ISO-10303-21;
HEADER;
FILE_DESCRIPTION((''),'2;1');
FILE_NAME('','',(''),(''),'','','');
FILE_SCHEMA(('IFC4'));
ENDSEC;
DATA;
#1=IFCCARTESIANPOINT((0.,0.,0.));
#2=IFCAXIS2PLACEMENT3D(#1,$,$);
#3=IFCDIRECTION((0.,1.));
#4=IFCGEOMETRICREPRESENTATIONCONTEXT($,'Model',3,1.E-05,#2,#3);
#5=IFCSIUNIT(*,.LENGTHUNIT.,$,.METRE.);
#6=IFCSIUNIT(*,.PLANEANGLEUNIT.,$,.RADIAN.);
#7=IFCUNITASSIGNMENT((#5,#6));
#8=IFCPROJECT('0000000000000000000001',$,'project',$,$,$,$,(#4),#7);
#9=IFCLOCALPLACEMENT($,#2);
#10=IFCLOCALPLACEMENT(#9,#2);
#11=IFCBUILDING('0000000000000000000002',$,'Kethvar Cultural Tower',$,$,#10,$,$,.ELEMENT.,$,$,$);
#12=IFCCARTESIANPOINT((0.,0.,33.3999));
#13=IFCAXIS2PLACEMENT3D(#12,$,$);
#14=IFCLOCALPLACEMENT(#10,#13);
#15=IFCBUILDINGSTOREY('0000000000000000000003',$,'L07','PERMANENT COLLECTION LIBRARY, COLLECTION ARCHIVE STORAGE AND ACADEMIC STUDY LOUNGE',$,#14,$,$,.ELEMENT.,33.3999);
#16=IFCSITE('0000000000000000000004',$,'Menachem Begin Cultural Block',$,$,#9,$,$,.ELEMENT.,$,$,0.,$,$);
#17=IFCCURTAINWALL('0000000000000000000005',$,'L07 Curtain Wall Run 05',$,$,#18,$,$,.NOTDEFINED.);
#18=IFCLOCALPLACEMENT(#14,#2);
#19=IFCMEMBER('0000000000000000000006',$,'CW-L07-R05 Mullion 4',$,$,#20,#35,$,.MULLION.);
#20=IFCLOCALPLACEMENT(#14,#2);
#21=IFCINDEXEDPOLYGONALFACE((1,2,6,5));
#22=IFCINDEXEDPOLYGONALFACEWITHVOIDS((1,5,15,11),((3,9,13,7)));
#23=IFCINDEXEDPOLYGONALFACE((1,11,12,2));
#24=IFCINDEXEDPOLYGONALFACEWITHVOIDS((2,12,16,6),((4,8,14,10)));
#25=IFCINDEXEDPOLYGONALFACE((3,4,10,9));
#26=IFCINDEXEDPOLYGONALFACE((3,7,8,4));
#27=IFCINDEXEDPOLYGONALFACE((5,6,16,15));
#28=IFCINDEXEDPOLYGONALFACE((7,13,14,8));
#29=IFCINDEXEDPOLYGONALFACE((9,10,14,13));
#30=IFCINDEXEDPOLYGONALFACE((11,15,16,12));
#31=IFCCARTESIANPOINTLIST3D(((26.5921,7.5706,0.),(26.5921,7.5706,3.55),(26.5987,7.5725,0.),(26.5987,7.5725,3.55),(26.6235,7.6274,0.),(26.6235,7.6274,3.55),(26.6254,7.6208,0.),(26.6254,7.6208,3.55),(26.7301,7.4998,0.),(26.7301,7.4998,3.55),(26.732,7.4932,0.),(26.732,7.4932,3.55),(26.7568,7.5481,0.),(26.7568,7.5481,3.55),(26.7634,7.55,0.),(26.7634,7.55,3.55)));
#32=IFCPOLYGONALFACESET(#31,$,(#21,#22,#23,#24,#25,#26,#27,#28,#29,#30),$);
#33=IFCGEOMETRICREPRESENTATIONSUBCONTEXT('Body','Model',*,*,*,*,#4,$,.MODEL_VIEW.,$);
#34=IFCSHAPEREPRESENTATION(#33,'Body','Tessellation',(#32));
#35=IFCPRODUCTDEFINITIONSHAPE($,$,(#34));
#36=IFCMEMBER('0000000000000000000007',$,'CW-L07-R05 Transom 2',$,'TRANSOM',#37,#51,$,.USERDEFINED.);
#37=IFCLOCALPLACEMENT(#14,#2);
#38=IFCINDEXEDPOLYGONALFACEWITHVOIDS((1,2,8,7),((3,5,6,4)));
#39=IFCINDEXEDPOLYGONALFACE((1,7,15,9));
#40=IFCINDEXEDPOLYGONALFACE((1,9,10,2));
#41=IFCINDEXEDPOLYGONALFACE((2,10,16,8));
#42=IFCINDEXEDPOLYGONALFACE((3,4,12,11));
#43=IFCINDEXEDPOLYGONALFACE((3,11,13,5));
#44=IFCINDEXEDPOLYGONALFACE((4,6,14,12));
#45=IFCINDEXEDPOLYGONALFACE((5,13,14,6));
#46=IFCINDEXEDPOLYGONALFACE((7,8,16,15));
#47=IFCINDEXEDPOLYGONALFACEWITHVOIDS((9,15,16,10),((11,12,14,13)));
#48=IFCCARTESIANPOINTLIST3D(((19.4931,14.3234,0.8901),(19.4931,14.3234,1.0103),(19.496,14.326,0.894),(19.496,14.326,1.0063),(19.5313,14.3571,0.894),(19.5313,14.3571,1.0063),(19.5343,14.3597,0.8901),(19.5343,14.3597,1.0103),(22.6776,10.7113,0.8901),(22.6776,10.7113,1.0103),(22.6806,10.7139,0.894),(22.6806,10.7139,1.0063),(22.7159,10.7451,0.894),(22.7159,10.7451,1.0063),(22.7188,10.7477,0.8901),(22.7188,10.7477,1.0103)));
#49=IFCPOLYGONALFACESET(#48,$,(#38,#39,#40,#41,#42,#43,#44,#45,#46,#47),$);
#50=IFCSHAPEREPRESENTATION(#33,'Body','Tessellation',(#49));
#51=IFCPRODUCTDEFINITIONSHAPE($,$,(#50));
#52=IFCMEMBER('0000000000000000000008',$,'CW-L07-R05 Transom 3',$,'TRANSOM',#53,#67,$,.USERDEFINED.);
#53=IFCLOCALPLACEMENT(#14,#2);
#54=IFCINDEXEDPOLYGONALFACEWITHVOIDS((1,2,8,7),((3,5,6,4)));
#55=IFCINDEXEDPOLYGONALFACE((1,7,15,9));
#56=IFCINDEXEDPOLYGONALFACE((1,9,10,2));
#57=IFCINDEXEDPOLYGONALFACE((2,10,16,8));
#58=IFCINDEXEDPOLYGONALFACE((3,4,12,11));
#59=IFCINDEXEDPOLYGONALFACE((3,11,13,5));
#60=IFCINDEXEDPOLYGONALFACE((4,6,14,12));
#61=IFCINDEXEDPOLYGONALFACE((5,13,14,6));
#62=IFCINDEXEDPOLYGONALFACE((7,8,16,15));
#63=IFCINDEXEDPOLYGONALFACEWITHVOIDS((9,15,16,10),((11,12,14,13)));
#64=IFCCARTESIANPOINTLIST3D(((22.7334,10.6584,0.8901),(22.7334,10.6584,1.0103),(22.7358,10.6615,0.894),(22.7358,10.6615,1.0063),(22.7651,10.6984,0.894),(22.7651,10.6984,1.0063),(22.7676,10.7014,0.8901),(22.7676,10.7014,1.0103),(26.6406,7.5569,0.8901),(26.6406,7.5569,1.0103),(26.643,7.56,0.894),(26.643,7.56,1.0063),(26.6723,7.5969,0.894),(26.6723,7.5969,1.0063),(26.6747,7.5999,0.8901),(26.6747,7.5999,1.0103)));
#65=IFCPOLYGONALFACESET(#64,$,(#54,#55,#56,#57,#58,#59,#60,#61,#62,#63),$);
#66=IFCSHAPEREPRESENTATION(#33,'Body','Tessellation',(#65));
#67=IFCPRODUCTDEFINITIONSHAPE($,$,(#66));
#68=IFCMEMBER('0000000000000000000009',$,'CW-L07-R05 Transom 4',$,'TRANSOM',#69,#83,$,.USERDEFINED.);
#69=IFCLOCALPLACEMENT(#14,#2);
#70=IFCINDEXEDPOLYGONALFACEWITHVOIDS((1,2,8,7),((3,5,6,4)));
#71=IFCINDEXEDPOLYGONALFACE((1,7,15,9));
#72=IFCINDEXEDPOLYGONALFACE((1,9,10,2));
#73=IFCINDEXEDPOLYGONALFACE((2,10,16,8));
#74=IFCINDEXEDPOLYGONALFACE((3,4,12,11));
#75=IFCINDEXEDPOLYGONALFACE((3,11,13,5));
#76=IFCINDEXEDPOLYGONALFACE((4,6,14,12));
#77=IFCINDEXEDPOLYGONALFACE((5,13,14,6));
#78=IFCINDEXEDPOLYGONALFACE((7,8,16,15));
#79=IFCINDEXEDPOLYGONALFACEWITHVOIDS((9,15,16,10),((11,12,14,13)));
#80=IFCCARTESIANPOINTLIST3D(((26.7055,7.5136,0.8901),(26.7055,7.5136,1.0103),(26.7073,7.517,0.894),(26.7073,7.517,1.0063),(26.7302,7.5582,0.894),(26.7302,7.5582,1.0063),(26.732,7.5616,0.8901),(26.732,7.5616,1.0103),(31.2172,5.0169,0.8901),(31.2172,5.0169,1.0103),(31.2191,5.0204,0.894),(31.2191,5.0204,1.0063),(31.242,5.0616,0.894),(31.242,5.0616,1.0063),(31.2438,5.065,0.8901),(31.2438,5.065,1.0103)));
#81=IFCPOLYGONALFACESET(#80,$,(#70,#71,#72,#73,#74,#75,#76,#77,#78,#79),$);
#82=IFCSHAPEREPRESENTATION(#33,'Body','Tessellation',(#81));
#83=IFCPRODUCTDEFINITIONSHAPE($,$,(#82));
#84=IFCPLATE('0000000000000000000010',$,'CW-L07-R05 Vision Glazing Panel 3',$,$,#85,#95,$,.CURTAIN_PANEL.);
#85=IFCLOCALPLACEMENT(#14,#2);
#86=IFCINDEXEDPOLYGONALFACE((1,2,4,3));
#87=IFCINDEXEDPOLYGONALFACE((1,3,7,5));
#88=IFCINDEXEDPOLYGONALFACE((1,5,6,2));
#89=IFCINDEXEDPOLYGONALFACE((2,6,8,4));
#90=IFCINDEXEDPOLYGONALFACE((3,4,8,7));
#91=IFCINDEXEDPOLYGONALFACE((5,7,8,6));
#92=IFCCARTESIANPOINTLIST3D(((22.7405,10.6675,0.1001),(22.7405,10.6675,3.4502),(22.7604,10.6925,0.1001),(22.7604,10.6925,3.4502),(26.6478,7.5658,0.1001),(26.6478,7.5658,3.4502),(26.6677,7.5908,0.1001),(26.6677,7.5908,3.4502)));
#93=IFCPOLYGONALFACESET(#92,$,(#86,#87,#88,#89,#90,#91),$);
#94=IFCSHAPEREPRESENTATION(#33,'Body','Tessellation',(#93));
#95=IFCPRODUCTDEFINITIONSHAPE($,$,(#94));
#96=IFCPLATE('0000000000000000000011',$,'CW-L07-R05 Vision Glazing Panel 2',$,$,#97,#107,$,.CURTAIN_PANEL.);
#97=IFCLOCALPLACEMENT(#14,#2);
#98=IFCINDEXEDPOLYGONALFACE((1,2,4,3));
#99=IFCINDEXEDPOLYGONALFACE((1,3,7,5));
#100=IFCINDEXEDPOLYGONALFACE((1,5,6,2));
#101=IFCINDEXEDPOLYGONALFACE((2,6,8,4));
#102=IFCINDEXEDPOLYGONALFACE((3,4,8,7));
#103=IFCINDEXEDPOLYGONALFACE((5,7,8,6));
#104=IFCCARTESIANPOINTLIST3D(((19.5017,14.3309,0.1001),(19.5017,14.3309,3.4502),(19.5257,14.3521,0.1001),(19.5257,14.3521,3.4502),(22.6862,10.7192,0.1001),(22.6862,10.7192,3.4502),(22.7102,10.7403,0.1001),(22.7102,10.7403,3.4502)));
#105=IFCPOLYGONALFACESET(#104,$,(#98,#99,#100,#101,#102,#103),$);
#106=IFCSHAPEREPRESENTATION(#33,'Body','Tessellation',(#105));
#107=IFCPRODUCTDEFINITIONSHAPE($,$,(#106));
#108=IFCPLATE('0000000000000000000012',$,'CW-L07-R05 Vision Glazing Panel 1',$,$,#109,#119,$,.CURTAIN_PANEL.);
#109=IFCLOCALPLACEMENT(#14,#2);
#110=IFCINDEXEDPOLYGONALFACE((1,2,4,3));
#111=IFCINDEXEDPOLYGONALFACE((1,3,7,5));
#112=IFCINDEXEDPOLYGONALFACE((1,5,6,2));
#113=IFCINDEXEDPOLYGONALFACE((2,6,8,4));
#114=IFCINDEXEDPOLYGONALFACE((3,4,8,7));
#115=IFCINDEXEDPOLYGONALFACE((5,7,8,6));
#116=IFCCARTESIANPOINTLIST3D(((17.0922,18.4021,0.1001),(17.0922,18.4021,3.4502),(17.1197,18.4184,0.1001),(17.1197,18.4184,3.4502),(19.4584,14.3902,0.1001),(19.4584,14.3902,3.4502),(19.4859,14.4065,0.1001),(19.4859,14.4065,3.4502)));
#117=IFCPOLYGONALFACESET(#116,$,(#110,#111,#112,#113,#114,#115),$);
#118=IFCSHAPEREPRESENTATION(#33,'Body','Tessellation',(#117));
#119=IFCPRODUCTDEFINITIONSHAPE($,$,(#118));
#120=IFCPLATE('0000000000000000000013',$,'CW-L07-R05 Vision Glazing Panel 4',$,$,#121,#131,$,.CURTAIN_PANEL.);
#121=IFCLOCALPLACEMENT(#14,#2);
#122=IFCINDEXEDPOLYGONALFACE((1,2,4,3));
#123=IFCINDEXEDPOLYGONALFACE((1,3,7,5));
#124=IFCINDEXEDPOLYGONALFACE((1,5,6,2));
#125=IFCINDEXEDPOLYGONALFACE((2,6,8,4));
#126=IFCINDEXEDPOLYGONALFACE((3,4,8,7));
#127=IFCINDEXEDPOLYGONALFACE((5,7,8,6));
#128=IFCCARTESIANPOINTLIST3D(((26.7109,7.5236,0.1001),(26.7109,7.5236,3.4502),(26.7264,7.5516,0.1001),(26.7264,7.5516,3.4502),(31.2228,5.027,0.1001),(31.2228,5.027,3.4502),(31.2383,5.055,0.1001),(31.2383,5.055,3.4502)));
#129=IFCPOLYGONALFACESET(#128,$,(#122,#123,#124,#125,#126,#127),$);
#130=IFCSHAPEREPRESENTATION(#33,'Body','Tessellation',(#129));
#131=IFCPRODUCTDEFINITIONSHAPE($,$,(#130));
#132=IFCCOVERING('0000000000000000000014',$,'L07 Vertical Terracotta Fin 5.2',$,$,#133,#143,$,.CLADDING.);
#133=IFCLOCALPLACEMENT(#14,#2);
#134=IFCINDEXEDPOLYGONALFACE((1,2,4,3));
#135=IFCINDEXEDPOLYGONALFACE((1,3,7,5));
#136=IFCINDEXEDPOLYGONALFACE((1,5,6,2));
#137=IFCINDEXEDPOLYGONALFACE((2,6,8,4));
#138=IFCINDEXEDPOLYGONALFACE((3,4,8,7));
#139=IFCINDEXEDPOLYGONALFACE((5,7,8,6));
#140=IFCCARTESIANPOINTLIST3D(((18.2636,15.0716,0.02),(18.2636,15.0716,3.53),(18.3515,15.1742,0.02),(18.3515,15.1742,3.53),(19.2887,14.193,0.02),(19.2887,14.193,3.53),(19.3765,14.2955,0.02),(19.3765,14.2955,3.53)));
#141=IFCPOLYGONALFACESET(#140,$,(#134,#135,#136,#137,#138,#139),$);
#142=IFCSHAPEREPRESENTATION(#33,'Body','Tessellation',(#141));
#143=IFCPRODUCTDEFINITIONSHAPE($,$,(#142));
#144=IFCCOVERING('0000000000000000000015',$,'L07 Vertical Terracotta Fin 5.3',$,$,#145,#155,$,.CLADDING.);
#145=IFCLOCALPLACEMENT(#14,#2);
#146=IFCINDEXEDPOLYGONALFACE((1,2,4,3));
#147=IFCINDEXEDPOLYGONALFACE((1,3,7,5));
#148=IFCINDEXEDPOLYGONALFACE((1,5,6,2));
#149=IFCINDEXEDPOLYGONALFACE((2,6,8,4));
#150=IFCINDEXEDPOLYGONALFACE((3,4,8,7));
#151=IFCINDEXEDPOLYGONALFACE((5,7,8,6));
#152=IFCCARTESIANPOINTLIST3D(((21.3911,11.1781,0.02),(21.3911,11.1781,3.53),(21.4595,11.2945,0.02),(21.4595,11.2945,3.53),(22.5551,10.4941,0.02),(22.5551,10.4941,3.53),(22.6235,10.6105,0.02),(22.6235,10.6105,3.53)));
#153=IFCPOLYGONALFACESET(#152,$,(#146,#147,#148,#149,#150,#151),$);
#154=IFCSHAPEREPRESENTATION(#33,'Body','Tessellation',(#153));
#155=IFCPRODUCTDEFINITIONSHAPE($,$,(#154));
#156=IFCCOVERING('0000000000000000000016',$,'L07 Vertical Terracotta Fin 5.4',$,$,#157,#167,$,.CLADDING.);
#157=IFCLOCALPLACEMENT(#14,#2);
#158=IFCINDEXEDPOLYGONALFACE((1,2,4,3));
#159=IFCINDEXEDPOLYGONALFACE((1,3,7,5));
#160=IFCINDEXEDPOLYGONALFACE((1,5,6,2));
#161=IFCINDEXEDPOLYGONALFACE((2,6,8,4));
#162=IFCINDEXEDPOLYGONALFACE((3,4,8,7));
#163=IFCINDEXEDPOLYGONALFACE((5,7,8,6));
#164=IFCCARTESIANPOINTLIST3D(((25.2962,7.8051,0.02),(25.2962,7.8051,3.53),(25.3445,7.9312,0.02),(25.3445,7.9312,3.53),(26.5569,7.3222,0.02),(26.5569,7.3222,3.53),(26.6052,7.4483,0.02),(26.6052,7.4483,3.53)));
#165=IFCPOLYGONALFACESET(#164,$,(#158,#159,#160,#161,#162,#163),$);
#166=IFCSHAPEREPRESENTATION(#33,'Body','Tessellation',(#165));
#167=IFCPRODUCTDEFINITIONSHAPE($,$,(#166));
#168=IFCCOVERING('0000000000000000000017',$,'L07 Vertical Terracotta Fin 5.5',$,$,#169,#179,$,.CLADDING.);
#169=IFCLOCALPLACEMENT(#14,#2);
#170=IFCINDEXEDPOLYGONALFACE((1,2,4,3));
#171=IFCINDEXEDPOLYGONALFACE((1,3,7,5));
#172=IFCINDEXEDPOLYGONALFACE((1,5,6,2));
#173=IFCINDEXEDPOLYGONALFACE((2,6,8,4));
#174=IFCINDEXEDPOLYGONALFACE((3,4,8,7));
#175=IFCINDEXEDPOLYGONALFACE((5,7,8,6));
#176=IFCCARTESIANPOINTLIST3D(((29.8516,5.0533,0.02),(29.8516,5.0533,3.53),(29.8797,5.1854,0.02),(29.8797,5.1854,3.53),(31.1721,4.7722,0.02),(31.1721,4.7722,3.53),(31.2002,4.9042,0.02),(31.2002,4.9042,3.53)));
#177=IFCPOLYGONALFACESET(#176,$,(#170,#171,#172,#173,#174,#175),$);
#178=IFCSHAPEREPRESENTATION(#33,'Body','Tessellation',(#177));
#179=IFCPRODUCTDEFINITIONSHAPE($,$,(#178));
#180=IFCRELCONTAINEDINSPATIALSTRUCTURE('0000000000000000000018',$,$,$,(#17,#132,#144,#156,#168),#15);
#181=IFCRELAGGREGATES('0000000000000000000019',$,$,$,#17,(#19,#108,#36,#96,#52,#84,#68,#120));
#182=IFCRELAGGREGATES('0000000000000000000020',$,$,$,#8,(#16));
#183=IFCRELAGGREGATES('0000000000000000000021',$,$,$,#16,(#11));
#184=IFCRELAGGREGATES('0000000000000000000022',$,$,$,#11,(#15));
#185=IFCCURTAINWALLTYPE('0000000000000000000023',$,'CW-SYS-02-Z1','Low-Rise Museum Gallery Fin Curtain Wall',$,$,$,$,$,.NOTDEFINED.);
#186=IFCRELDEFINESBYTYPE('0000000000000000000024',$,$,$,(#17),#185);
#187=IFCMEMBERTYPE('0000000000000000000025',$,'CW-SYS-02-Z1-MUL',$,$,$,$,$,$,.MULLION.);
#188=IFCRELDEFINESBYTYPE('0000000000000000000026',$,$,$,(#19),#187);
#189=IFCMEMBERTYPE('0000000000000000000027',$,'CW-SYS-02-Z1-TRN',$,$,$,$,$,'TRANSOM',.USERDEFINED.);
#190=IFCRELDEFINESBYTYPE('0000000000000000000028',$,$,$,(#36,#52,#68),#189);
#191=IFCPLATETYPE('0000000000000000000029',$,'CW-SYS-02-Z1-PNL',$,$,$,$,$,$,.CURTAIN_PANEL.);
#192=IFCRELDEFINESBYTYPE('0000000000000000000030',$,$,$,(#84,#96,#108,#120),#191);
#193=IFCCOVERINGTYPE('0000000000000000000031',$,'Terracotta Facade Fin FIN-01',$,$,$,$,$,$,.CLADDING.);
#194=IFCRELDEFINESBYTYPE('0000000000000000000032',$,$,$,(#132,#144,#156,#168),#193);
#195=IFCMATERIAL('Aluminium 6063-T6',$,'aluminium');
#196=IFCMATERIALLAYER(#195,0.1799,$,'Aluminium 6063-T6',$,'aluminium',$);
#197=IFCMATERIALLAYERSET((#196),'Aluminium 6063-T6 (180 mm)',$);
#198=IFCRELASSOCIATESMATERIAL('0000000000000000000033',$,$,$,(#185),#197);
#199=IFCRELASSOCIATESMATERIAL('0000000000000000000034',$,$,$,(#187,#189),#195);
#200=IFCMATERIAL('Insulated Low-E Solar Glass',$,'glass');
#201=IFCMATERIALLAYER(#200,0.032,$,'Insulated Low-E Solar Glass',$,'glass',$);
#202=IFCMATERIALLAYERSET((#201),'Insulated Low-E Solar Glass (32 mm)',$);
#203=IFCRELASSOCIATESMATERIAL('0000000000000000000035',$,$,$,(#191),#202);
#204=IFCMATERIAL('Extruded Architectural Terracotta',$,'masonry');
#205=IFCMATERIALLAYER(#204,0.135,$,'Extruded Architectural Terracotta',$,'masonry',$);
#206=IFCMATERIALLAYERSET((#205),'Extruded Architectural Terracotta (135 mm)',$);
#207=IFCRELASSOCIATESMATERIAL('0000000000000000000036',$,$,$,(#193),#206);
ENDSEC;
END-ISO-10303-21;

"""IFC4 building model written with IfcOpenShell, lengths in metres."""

from ifc_helpers import new_model, si_unit, direction, frame, origin, origin_2d, place, context, subcontext, project, spatial, rectangle, hollow_rectangle, extrude, source, transform, mapped, material, layer, layer_set, material_profile, profile_set, type_object, element, aggregate, save


model = new_model("IFC4")

# Units and contexts
model_context = context("Model", 3, precision=1e-05, world=origin(), true_north=direction((0.0, 1.0)))
body_context = subcontext(model_context, "Body", "Model", "MODEL_VIEW")
ifc_project = project(units=[si_unit("LENGTHUNIT", "METRE"), si_unit("PLANEANGLEUNIT", "RADIAN")], contexts=[model_context])

# Site, building, storey
site_placement = place(None, origin())
site = spatial("IfcSite", under=ifc_project, at=site_placement, Name="Menachem Begin Cultural Block", CompositionType="ELEMENT", RefElevation=0.0)
building_placement = place(site_placement, origin())
building = spatial("IfcBuilding", under=site, at=building_placement, Name="Kethvar Cultural Tower", CompositionType="ELEMENT")
storey_placement = place(building_placement, frame((0.0, 0.0, 33.3999)))
storey = spatial("IfcBuildingStorey", under=building, at=storey_placement, Name="L07", Description="PERMANENT COLLECTION LIBRARY, COLLECTION ARCHIVE STORAGE AND ACADEMIC STUDY LOUNGE", CompositionType="ELEMENT", Elevation=33.3999)

# Curtain wall, members, plates
ifc_material_1 = material(Name="Aluminium 6063-T6", Category="aluminium")
ifc_layer_1 = layer(ifc_material_1, 0.1799, Name="Aluminium 6063-T6", Category="aluminium")
ifc_layer_set_1 = layer_set([ifc_layer_1], Name="Aluminium 6063-T6 (180 mm)")
curtain_wall_type = type_object("IfcCurtainWallType", Name="CW-SYS-02-Z1", Description="Low-Rise Museum Gallery Fin Curtain Wall", PredefinedType="NOTDEFINED", material=ifc_layer_set_1)
curtain_wall_placement = place(storey_placement, origin())
curtain_wall = element("IfcCurtainWall", 1, at=curtain_wall_placement, inside=storey, type_object=curtain_wall_type, Name="L07 Curtain Wall Run 05", PredefinedType="NOTDEFINED")
ifc_material_profile_1 = material_profile(ifc_material_1, hollow_rectangle(XDim=0.0649, YDim=0.1599, WallThickness=0.0049, at=origin_2d()), Name="Aluminium 6063-T6 — RHS160x65x5")
ifc_profile_set_1 = profile_set([ifc_material_profile_1], Name="Aluminium 6063-T6 — RHS160x65x5")
member_type_1 = type_object("IfcMemberType", Name="CW-SYS-02-Z1-MUL", PredefinedType="MULLION", material=ifc_profile_set_1)
shared_shape_1 = source(origin(), body_context, "Body", "SweptSolid", [
    extrude(hollow_rectangle(XDim=0.0649, YDim=0.1599, WallThickness=0.0049, at=origin_2d()), origin(), (0.0, 0.0, 1.0), 3.55),
])
member_1_placement = place(storey_placement, frame((26.6777, 7.5603, 0.0), z_axis=(0.0, 0.0, 1.0), x_axis=(0.484153, 0.874983, 0.0)))
member_1 = element("IfcMember", 2, at=member_1_placement, type_object=member_type_1, Name="CW-L07-R05 Mullion 4", PredefinedType="MULLION", context=body_context, shape_type="MappedRepresentation", body=[
    mapped(shared_shape_1, transform((0.0, 0.0, 0.0), scale=1.0)),
])
ifc_material_profile_2 = material_profile(ifc_material_1, hollow_rectangle(XDim=0.0549, YDim=0.1201, WallThickness=0.0039, at=origin_2d()), Name="Aluminium 6063-T6 — RHS120x55x4")
ifc_profile_set_2 = profile_set([ifc_material_profile_2], Name="Aluminium 6063-T6 — RHS120x55x4")
member_type_2 = type_object("IfcMemberType", Name="CW-SYS-02-Z1-TRN", ElementType="TRANSOM", PredefinedType="USERDEFINED", material=ifc_profile_set_2)
shared_shape_2 = source(origin(), body_context, "Body", "SweptSolid", [
    extrude(hollow_rectangle(XDim=0.0549, YDim=0.1201, WallThickness=0.0039, at=origin_2d()), origin(), (0.0, 0.0, 1.0), 4.8154),
])
member_2_placement = place(storey_placement, frame((19.5137, 14.3416, 0.9502), z_axis=(0.661325, -0.7501, 0.0), x_axis=(0.7501, 0.661325, 0.0)))
member_2 = element("IfcMember", 3, at=member_2_placement, type_object=member_type_2, Name="CW-L07-R05 Transom 2", ObjectType="TRANSOM", PredefinedType="USERDEFINED", context=body_context, shape_type="MappedRepresentation", body=[
    mapped(shared_shape_2, transform((0.0, 0.0, 0.0), scale=1.0)),
])
shared_shape_3 = source(origin(), body_context, "Body", "SweptSolid", [
    extrude(hollow_rectangle(XDim=0.0549, YDim=0.1201, WallThickness=0.0039, at=origin_2d()), origin(), (0.0, 0.0, 1.0), 4.9885),
])
member_3_placement = place(storey_placement, frame((22.7505, 10.6799, 0.9502), z_axis=(0.783231, -0.62173, 0.0), x_axis=(0.62173, 0.783231, 0.0)))
member_3 = element("IfcMember", 4, at=member_3_placement, type_object=member_type_2, Name="CW-L07-R05 Transom 3", ObjectType="TRANSOM", PredefinedType="USERDEFINED", context=body_context, shape_type="MappedRepresentation", body=[
    mapped(shared_shape_3, transform((0.0, 0.0, 0.0), scale=1.0)),
])
shared_shape_4 = source(origin(), body_context, "Body", "SweptSolid", [
    extrude(hollow_rectangle(XDim=0.0549, YDim=0.1201, WallThickness=0.0039, at=origin_2d()), origin(), (0.0, 0.0, 1.0), 5.1565),
])
member_4_placement = place(storey_placement, frame((26.7188, 7.5376, 0.9502), z_axis=(0.874973, -0.484171, 0.0), x_axis=(0.484171, 0.874973, 0.0)))
member_4 = element("IfcMember", 5, at=member_4_placement, type_object=member_type_2, Name="CW-L07-R05 Transom 4", ObjectType="TRANSOM", PredefinedType="USERDEFINED", context=body_context, shape_type="MappedRepresentation", body=[
    mapped(shared_shape_4, transform((0.0, 0.0, 0.0), scale=1.0)),
])
ifc_material_2 = material(Name="Insulated Low-E Solar Glass", Category="glass")
ifc_layer_2 = layer(ifc_material_2, 0.032, Name="Insulated Low-E Solar Glass", Category="glass")
ifc_layer_set_2 = layer_set([ifc_layer_2], Name="Insulated Low-E Solar Glass (32 mm)")
plate_type = type_object("IfcPlateType", Name="CW-SYS-02-Z1-PNL", PredefinedType="CURTAIN_PANEL", material=ifc_layer_set_2)
shared_shape_5 = source(origin(), body_context, "Body", "SweptSolid", [
    extrude(rectangle(XDim=4.9888, YDim=0.032, at=origin_2d()), origin(), (0.0, 0.0, 1.0), 3.3501),
])
plate_1_placement = place(storey_placement, frame((24.7041, 9.1292, 0.1001), z_axis=(0.0, 0.0, 1.0), x_axis=(0.783227, -0.621736, 0.0)))
plate_1 = element("IfcPlate", 6, at=plate_1_placement, type_object=plate_type, Name="CW-L07-R05 Vision Glazing Panel 3", PredefinedType="CURTAIN_PANEL", context=body_context, shape_type="MappedRepresentation", body=[
    mapped(shared_shape_5, transform((0.0, 0.0, 0.0), scale=1.0)),
])
shared_shape_6 = source(origin(), body_context, "Body", "SweptSolid", [
    extrude(rectangle(XDim=4.8152, YDim=0.032, at=origin_2d()), origin(), (0.0, 0.0, 1.0), 3.3501),
])
plate_2_placement = place(storey_placement, frame((21.106, 12.5356, 0.1001), z_axis=(0.0, 0.0, 1.0), x_axis=(0.661351, -0.750076, 0.0)))
plate_2 = element("IfcPlate", 7, at=plate_2_placement, type_object=plate_type, Name="CW-L07-R05 Vision Glazing Panel 2", PredefinedType="CURTAIN_PANEL", context=body_context, shape_type="MappedRepresentation", body=[
    mapped(shared_shape_6, transform((0.0, 0.0, 0.0), scale=1.0)),
])
shared_shape_7 = source(origin(), body_context, "Body", "SweptSolid", [
    extrude(rectangle(XDim=4.6577, YDim=0.032, at=origin_2d()), origin(), (0.0, 0.0, 1.0), 3.3501),
])
plate_3_placement = place(storey_placement, frame((18.2891, 16.4043, 0.1001), z_axis=(0.0, 0.0, 1.0), x_axis=(0.50802, -0.861346, 0.0)))
plate_3 = element("IfcPlate", 8, at=plate_3_placement, type_object=plate_type, Name="CW-L07-R05 Vision Glazing Panel 1", PredefinedType="CURTAIN_PANEL", context=body_context, shape_type="MappedRepresentation", body=[
    mapped(shared_shape_7, transform((0.0, 0.0, 0.0), scale=1.0)),
])
shared_shape_8 = source(origin(), body_context, "Body", "SweptSolid", [
    extrude(rectangle(XDim=5.1565, YDim=0.032, at=origin_2d()), origin(), (0.0, 0.0, 1.0), 3.3501),
])
plate_4_placement = place(storey_placement, frame((28.9746, 6.2893, 0.1001), z_axis=(0.0, 0.0, 1.0), x_axis=(0.874983, -0.484153, 0.0)))
plate_4 = element("IfcPlate", 9, at=plate_4_placement, type_object=plate_type, Name="CW-L07-R05 Vision Glazing Panel 4", PredefinedType="CURTAIN_PANEL", context=body_context, shape_type="MappedRepresentation", body=[
    mapped(shared_shape_8, transform((0.0, 0.0, 0.0), scale=1.0)),
])
aggregate(curtain_wall, [member_1, plate_3, member_2, plate_2, member_3, plate_1, member_4, plate_4])

# Coverings
ifc_material_3 = material(Name="Extruded Architectural Terracotta", Category="masonry")
ifc_layer_3 = layer(ifc_material_3, 0.135, Name="Extruded Architectural Terracotta", Category="masonry")
ifc_layer_set_3 = layer_set([ifc_layer_3], Name="Extruded Architectural Terracotta (135 mm)")
covering_type = type_object("IfcCoveringType", Name="Terracotta Facade Fin FIN-01", PredefinedType="CLADDING", material=ifc_layer_set_3)
shared_shape_9 = source(origin(), body_context, "Body", "SweptSolid", [
    extrude(rectangle(XDim=1.3501, YDim=0.135, at=origin_2d()), origin(), (0.0, 0.0, 1.0), 3.51),
])
for number, where, z_axis, x_axis, name in (
    (10, (18.8201, 14.6836, 0.02), (0.0, 0.0, 1.0), (-0.759271, 0.650774, 0.0), "L07 Vertical Terracotta Fin 5.2"),
    (11, (22.0073, 10.8943, 0.02), (0.0, 0.0, 1.0), (-0.86216, 0.506636, 0.0), "L07 Vertical Terracotta Fin 5.3"),
    (12, (25.9507, 7.6267, 0.02), (0.0, 0.0, 1.0), (-0.93383, 0.357716, 0.0), "L07 Vertical Terracotta Fin 5.4"),
    (13, (30.5259, 4.9788, 0.02), (0.0, 0.0, 1.0), (-0.978075, 0.208253, 0.0), "L07 Vertical Terracotta Fin 5.5"),
):
    element("IfcCovering", number, at=place(storey_placement, frame(where, z_axis=z_axis, x_axis=x_axis)), inside=storey, type_object=covering_type, Name=name, PredefinedType="CLADDING", context=body_context, shape_type="MappedRepresentation", body=[
        mapped(shared_shape_9, transform((0.0, 0.0, 0.0), scale=1.0)),
    ])

save(model, "model.ifc")
